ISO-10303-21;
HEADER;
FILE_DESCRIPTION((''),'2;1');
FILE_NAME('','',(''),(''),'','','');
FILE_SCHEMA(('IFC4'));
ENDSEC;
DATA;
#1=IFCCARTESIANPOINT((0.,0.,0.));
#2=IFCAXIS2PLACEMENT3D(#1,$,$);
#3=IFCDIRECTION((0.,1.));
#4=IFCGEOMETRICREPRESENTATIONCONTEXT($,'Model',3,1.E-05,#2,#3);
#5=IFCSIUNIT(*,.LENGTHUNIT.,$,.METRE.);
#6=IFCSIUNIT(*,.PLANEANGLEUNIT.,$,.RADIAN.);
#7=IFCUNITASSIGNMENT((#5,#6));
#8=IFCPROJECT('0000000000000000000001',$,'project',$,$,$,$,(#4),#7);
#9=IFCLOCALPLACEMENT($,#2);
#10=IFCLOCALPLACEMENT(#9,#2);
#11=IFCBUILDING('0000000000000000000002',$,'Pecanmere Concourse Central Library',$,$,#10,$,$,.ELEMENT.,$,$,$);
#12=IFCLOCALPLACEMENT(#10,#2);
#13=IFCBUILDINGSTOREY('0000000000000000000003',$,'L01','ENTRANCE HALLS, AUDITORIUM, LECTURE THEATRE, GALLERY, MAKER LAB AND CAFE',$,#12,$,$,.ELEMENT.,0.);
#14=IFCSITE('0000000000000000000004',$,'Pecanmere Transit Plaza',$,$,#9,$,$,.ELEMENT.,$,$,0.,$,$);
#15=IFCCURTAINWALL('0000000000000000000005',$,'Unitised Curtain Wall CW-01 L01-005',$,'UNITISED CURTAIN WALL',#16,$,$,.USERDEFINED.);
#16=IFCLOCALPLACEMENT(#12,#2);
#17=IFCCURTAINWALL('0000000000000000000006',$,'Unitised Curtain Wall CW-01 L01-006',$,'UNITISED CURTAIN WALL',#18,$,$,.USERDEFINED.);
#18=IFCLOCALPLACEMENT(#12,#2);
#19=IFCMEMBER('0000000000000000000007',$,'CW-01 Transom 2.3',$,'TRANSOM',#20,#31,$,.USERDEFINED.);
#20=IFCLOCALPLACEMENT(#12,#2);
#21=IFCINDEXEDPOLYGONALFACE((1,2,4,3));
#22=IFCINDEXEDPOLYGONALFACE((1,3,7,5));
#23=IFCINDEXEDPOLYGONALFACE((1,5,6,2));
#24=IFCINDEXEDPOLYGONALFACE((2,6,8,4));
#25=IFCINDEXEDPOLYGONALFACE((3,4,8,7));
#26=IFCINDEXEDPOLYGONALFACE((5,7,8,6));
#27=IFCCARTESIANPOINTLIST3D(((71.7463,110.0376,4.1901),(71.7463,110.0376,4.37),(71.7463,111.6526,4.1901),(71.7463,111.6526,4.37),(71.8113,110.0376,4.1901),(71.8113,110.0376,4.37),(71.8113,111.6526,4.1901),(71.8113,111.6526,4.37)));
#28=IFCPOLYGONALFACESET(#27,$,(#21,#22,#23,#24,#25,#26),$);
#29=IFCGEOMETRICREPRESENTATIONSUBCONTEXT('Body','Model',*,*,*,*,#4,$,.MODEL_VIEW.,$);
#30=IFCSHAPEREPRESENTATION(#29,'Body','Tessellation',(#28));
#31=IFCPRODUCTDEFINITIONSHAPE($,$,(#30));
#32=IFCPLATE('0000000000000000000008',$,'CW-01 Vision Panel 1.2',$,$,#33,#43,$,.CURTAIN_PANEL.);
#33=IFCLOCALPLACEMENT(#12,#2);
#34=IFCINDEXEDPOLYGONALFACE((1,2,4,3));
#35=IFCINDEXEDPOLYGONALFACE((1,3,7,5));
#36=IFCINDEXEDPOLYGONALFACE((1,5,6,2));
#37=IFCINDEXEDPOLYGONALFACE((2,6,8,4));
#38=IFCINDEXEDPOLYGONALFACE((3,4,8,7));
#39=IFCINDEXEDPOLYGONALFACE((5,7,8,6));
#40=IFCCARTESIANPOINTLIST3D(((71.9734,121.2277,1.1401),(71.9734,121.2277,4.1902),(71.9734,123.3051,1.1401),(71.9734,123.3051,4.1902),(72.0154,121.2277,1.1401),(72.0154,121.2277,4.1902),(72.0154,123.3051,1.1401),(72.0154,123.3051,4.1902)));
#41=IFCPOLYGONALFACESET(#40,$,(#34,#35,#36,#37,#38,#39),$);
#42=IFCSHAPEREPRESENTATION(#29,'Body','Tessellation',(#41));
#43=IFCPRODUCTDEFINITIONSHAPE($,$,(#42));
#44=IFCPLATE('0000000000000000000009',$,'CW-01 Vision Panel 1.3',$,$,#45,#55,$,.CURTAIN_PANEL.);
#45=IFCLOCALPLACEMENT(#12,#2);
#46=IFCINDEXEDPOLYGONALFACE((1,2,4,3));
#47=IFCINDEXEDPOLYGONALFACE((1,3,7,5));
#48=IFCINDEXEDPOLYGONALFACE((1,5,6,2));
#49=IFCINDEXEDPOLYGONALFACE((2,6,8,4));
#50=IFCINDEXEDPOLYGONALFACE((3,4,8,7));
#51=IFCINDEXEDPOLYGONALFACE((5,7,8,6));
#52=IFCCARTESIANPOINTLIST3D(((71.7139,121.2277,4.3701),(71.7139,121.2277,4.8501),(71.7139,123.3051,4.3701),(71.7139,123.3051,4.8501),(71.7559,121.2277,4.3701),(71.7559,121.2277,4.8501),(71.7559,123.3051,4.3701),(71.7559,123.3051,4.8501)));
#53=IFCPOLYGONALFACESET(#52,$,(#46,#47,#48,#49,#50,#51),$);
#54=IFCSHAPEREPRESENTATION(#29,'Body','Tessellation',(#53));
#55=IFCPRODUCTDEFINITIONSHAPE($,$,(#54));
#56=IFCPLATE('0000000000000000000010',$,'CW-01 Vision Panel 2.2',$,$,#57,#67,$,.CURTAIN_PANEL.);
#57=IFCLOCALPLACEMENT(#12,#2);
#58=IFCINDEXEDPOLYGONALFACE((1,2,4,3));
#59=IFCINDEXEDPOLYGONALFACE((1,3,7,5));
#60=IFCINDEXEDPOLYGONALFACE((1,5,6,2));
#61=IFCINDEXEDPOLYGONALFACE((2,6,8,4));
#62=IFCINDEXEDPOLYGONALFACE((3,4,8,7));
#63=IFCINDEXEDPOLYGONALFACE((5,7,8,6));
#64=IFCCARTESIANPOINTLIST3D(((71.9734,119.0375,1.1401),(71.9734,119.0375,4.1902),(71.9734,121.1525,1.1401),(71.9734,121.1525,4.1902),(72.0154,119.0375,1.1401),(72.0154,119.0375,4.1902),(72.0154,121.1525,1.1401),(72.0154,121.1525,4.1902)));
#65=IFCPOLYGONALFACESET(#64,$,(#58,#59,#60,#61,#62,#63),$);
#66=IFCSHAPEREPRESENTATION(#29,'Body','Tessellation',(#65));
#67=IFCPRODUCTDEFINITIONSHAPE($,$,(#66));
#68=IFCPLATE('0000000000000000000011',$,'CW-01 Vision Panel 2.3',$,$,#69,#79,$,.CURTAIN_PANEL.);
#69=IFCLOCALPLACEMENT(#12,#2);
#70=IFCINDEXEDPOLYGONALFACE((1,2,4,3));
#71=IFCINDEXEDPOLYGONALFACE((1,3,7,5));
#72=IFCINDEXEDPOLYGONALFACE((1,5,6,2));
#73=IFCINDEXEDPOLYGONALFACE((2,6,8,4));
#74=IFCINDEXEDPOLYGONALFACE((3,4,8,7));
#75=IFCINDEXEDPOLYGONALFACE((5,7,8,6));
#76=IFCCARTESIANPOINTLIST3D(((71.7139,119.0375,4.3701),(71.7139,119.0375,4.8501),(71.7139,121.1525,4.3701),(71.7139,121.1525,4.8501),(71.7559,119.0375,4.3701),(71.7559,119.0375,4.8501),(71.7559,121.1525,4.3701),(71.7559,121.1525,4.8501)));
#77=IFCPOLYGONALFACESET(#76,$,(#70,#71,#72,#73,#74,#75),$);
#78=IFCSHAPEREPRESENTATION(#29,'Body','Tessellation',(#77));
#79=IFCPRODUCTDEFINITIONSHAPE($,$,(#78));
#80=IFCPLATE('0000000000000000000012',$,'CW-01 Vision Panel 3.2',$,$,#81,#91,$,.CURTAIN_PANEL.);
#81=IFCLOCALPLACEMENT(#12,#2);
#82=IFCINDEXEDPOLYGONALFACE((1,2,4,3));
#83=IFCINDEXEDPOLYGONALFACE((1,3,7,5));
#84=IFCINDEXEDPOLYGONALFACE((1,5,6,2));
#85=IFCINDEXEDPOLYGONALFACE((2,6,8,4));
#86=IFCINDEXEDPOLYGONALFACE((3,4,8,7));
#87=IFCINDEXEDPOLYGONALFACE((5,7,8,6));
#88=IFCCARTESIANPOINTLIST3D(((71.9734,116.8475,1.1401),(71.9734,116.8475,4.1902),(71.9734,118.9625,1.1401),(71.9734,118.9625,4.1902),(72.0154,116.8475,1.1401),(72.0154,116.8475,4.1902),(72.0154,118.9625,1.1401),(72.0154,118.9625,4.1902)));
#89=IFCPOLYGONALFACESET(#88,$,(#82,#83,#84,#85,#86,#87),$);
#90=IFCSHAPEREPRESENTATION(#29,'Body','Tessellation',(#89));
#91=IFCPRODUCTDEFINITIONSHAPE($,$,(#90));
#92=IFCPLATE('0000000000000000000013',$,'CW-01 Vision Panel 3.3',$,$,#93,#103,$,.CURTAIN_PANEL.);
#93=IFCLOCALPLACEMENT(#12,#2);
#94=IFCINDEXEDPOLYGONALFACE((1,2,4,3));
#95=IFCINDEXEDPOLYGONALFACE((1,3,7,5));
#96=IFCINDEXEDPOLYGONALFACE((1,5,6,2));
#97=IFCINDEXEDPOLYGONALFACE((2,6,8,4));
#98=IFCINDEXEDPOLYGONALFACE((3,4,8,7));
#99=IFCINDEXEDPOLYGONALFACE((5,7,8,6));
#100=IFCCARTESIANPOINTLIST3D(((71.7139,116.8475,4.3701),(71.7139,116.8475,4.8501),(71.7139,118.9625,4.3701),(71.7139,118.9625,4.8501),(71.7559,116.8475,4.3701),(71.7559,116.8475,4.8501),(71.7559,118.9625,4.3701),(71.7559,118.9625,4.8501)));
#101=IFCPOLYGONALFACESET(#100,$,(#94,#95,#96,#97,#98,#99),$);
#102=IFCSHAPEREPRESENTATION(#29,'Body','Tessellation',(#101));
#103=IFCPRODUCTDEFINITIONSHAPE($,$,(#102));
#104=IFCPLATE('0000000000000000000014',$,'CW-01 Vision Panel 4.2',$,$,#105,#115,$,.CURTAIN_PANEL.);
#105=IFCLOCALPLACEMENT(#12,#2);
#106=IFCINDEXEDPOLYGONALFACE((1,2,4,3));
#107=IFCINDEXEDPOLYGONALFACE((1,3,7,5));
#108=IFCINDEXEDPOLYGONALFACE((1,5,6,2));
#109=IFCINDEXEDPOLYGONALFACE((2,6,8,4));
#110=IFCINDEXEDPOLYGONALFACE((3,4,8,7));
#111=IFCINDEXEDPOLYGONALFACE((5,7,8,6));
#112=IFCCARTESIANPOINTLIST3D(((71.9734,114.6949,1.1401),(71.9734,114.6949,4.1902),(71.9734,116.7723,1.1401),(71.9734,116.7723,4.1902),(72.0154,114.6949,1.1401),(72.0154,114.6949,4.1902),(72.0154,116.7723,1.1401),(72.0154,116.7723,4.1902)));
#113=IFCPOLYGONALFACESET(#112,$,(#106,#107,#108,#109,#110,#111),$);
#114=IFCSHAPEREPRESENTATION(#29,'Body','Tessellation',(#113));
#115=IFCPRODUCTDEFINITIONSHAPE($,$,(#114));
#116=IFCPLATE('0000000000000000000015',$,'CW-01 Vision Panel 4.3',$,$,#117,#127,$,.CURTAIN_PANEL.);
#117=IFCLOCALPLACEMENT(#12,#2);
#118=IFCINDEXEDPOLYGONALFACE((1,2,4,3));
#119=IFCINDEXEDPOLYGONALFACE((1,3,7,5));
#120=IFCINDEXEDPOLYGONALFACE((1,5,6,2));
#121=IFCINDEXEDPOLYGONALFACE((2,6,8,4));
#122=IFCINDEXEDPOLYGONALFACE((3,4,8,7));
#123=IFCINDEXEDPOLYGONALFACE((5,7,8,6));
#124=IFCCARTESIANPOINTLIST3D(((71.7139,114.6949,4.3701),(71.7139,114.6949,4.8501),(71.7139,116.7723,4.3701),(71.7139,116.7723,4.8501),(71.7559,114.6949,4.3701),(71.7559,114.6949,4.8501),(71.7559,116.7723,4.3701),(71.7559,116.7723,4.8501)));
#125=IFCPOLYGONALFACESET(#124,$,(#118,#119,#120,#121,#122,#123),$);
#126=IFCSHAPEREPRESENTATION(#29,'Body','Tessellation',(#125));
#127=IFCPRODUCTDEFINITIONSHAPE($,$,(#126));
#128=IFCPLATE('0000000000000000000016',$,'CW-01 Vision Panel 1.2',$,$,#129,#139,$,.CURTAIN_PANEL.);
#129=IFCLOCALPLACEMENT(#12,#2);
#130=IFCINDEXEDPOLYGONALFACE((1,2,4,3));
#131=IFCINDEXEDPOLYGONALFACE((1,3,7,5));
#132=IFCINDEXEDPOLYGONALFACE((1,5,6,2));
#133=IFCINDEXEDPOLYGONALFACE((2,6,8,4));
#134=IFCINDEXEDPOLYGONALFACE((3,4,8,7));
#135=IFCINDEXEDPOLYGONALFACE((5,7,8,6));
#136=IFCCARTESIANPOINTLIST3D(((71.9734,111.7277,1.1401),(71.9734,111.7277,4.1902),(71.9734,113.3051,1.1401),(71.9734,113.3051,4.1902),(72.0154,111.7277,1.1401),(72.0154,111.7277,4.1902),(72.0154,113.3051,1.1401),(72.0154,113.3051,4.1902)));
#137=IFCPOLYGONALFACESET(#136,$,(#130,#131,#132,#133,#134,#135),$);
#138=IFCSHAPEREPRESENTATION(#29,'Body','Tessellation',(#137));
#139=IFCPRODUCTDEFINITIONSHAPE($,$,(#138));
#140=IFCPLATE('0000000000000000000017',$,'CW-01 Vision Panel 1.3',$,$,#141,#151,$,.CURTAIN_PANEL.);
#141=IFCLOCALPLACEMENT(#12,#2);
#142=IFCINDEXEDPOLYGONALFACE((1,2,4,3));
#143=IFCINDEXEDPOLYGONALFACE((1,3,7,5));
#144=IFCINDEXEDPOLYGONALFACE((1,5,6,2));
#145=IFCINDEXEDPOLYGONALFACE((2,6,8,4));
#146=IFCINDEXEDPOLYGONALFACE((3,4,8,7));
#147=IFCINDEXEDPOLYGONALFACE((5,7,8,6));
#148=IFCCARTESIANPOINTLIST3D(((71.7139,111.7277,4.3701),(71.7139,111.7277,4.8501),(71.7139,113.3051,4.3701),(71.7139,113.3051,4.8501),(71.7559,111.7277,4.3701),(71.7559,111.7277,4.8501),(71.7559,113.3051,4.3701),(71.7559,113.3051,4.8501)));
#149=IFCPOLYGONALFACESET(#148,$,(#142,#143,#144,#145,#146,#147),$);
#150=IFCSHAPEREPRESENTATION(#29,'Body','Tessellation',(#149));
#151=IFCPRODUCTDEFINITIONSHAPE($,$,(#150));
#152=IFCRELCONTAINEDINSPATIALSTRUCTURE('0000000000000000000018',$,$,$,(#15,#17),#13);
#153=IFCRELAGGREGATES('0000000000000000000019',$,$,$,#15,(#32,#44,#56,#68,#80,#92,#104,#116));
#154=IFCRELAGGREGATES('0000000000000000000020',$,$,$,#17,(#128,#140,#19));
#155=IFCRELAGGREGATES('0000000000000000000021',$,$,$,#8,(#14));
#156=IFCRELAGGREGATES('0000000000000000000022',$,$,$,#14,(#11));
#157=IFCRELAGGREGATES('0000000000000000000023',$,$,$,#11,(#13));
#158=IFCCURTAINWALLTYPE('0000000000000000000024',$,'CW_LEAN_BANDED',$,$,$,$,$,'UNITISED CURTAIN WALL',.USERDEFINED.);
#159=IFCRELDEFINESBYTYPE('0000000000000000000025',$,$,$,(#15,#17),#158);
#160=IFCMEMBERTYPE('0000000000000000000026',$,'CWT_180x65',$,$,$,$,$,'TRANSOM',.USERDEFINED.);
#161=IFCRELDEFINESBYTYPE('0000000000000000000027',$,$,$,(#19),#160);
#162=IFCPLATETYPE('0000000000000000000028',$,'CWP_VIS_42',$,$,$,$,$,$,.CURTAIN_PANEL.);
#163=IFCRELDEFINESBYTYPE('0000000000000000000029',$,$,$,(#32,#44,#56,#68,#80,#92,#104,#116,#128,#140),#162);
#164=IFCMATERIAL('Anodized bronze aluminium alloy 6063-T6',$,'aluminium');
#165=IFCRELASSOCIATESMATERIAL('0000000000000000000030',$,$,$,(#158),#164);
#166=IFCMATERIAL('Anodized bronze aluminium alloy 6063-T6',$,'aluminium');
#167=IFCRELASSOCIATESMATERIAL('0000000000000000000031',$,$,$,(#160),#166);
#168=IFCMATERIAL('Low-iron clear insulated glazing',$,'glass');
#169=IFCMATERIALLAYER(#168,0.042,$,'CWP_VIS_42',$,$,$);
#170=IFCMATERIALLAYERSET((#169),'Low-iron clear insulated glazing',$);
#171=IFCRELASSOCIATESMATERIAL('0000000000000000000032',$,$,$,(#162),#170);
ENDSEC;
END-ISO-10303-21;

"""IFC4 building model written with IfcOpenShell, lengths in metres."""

from ifc_helpers import new_model, si_unit, direction, frame, origin, origin_2d, place, context, subcontext, project, spatial, rectangle, extrude, material, layer, layer_set, material_profile, profile_set, type_object, element, aggregate, save


model = new_model("IFC4")

# Units and contexts
model_context = context("Model", 3, precision=1e-05, world=origin(), true_north=direction((0.0, 1.0)))
body_context = subcontext(model_context, "Body", "Model", "MODEL_VIEW")
ifc_project = project(units=[si_unit("LENGTHUNIT", "METRE"), si_unit("PLANEANGLEUNIT", "RADIAN")], contexts=[model_context])

# Site, building, storey
site_placement = place(None, origin())
site = spatial("IfcSite", under=ifc_project, at=site_placement, Name="Pecanmere Transit Plaza", CompositionType="ELEMENT", RefElevation=0.0)
building_placement = place(site_placement, origin())
building = spatial("IfcBuilding", under=site, at=building_placement, Name="Pecanmere Concourse Central Library", CompositionType="ELEMENT")
storey_placement = place(building_placement, origin())
storey = spatial("IfcBuildingStorey", under=building, at=storey_placement, Name="L01", Description="ENTRANCE HALLS, AUDITORIUM, LECTURE THEATRE, GALLERY, MAKER LAB AND CAFE", CompositionType="ELEMENT", Elevation=0.0)

# Curtain walls, member
ifc_material_1 = material(Name="Anodized bronze aluminium alloy 6063-T6", Category="aluminium")
curtain_wall_type = type_object("IfcCurtainWallType", Name="CW_LEAN_BANDED", ElementType="UNITISED CURTAIN WALL", PredefinedType="USERDEFINED", material=ifc_material_1)
curtain_wall_1_placement = place(storey_placement, origin())
curtain_wall_1 = element("IfcCurtainWall", 1, at=curtain_wall_1_placement, inside=storey, type_object=curtain_wall_type, Name="Unitised Curtain Wall CW-01 L01-005", ObjectType="UNITISED CURTAIN WALL", PredefinedType="USERDEFINED")
ifc_material_2 = material(Name="Anodized bronze aluminium alloy 6063-T6", Category="aluminium")
ifc_material_profile_1 = material_profile(ifc_material_2, rectangle(XDim=0.0649, YDim=0.1799, at=origin_2d()), Name="AL 65x180")
ifc_profile_set_1 = profile_set([ifc_material_profile_1], Name="Anodized bronze aluminium alloy 6063-T6")
member_type = type_object("IfcMemberType", Name="CWT_180x65", ElementType="TRANSOM", PredefinedType="USERDEFINED", material=ifc_profile_set_1)
curtain_wall_2_placement = place(storey_placement, origin())
curtain_wall_2 = element("IfcCurtainWall", 2, at=curtain_wall_2_placement, inside=storey, type_object=curtain_wall_type, Name="Unitised Curtain Wall CW-01 L01-006", ObjectType="UNITISED CURTAIN WALL", PredefinedType="USERDEFINED")
member_1_placement = place(storey_placement, frame((71.7788, 111.6526, 4.28), z_axis=(0.0, -1.0, 0.0), x_axis=(1.0, 0.0, 0.0)))
member_1 = element("IfcMember", 3, at=member_1_placement, type_object=member_type, Name="CW-01 Transom 2.3", ObjectType="TRANSOM", PredefinedType="USERDEFINED", context=body_context, shape_type="SweptSolid", body=[
    extrude(rectangle(XDim=0.0649, YDim=0.1799, at=origin_2d()), origin(), (0.0, 0.0, 1.0), 1.615),
])

# Plates
ifc_material_3 = material(Name="Low-iron clear insulated glazing", Category="glass")
ifc_layer = layer(ifc_material_3, 0.042, Name="CWP_VIS_42")
ifc_layer_set = layer_set([ifc_layer], Name="Low-iron clear insulated glazing")
plate_type = type_object("IfcPlateType", Name="CWP_VIS_42", PredefinedType="CURTAIN_PANEL", material=ifc_layer_set)
plate_1_placement = place(storey_placement, frame((71.9944, 122.2664, 1.1401), z_axis=(0.0, 0.0, 1.0), x_axis=(0.0, -1.0, 0.0)))
plate_1 = element("IfcPlate", 4, at=plate_1_placement, type_object=plate_type, Name="CW-01 Vision Panel 1.2", PredefinedType="CURTAIN_PANEL", context=body_context, shape_type="SweptSolid", body=[
    extrude(rectangle(XDim=2.0774, YDim=0.042, at=origin_2d()), origin(), (0.0, 0.0, 1.0), 3.05),
])
plate_2_placement = place(storey_placement, frame((71.7349, 122.2664, 4.3701), z_axis=(0.0, 0.0, 1.0), x_axis=(0.0, -1.0, 0.0)))
plate_2 = element("IfcPlate", 5, at=plate_2_placement, type_object=plate_type, Name="CW-01 Vision Panel 1.3", PredefinedType="CURTAIN_PANEL", context=body_context, shape_type="SweptSolid", body=[
    extrude(rectangle(XDim=2.0774, YDim=0.042, at=origin_2d()), origin(), (0.0, 0.0, 1.0), 0.48),
])
plate_3_placement = place(storey_placement, frame((71.9944, 120.095, 1.1401), z_axis=(0.0, 0.0, 1.0), x_axis=(0.0, -1.0, 0.0)))
plate_3 = element("IfcPlate", 6, at=plate_3_placement, type_object=plate_type, Name="CW-01 Vision Panel 2.2", PredefinedType="CURTAIN_PANEL", context=body_context, shape_type="SweptSolid", body=[
    extrude(rectangle(XDim=2.115, YDim=0.042, at=origin_2d()), origin(), (0.0, 0.0, 1.0), 3.05),
])
plate_4_placement = place(storey_placement, frame((71.7349, 120.095, 4.3701), z_axis=(0.0, 0.0, 1.0), x_axis=(0.0, -1.0, 0.0)))
plate_4 = element("IfcPlate", 7, at=plate_4_placement, type_object=plate_type, Name="CW-01 Vision Panel 2.3", PredefinedType="CURTAIN_PANEL", context=body_context, shape_type="SweptSolid", body=[
    extrude(rectangle(XDim=2.115, YDim=0.042, at=origin_2d()), origin(), (0.0, 0.0, 1.0), 0.48),
])
plate_5_placement = place(storey_placement, frame((71.9944, 117.905, 1.1401), z_axis=(0.0, 0.0, 1.0), x_axis=(0.0, -1.0, 0.0)))
plate_5 = element("IfcPlate", 8, at=plate_5_placement, type_object=plate_type, Name="CW-01 Vision Panel 3.2", PredefinedType="CURTAIN_PANEL", context=body_context, shape_type="SweptSolid", body=[
    extrude(rectangle(XDim=2.115, YDim=0.042, at=origin_2d()), origin(), (0.0, 0.0, 1.0), 3.05),
])
plate_6_placement = place(storey_placement, frame((71.7349, 117.905, 4.3701), z_axis=(0.0, 0.0, 1.0), x_axis=(0.0, -1.0, 0.0)))
plate_6 = element("IfcPlate", 9, at=plate_6_placement, type_object=plate_type, Name="CW-01 Vision Panel 3.3", PredefinedType="CURTAIN_PANEL", context=body_context, shape_type="SweptSolid", body=[
    extrude(rectangle(XDim=2.115, YDim=0.042, at=origin_2d()), origin(), (0.0, 0.0, 1.0), 0.48),
])
plate_7_placement = place(storey_placement, frame((71.9944, 115.7336, 1.1401), z_axis=(0.0, 0.0, 1.0), x_axis=(0.0, -1.0, 0.0)))
plate_7 = element("IfcPlate", 10, at=plate_7_placement, type_object=plate_type, Name="CW-01 Vision Panel 4.2", PredefinedType="CURTAIN_PANEL", context=body_context, shape_type="SweptSolid", body=[
    extrude(rectangle(XDim=2.0774, YDim=0.042, at=origin_2d()), origin(), (0.0, 0.0, 1.0), 3.05),
])
plate_8_placement = place(storey_placement, frame((71.7349, 115.7336, 4.3701), z_axis=(0.0, 0.0, 1.0), x_axis=(0.0, -1.0, 0.0)))
plate_8 = element("IfcPlate", 11, at=plate_8_placement, type_object=plate_type, Name="CW-01 Vision Panel 4.3", PredefinedType="CURTAIN_PANEL", context=body_context, shape_type="SweptSolid", body=[
    extrude(rectangle(XDim=2.0774, YDim=0.042, at=origin_2d()), origin(), (0.0, 0.0, 1.0), 0.48),
])
aggregate(curtain_wall_1, [plate_1, plate_2, plate_3, plate_4, plate_5, plate_6, plate_7, plate_8])
plate_9_placement = place(storey_placement, frame((71.9944, 112.5164, 1.1401), z_axis=(0.0, 0.0, 1.0), x_axis=(0.0, -1.0, 0.0)))
plate_9 = element("IfcPlate", 12, at=plate_9_placement, type_object=plate_type, Name="CW-01 Vision Panel 1.2", PredefinedType="CURTAIN_PANEL", context=body_context, shape_type="SweptSolid", body=[
    extrude(rectangle(XDim=1.5774, YDim=0.042, at=origin_2d()), origin(), (0.0, 0.0, 1.0), 3.05),
])
plate_10_placement = place(storey_placement, frame((71.7349, 112.5164, 4.3701), z_axis=(0.0, 0.0, 1.0), x_axis=(0.0, -1.0, 0.0)))
plate_10 = element("IfcPlate", 13, at=plate_10_placement, type_object=plate_type, Name="CW-01 Vision Panel 1.3", PredefinedType="CURTAIN_PANEL", context=body_context, shape_type="SweptSolid", body=[
    extrude(rectangle(XDim=1.5774, YDim=0.042, at=origin_2d()), origin(), (0.0, 0.0, 1.0), 0.48),
])
aggregate(curtain_wall_2, [plate_9, plate_10, member_1])

save(model, "model.ifc")
